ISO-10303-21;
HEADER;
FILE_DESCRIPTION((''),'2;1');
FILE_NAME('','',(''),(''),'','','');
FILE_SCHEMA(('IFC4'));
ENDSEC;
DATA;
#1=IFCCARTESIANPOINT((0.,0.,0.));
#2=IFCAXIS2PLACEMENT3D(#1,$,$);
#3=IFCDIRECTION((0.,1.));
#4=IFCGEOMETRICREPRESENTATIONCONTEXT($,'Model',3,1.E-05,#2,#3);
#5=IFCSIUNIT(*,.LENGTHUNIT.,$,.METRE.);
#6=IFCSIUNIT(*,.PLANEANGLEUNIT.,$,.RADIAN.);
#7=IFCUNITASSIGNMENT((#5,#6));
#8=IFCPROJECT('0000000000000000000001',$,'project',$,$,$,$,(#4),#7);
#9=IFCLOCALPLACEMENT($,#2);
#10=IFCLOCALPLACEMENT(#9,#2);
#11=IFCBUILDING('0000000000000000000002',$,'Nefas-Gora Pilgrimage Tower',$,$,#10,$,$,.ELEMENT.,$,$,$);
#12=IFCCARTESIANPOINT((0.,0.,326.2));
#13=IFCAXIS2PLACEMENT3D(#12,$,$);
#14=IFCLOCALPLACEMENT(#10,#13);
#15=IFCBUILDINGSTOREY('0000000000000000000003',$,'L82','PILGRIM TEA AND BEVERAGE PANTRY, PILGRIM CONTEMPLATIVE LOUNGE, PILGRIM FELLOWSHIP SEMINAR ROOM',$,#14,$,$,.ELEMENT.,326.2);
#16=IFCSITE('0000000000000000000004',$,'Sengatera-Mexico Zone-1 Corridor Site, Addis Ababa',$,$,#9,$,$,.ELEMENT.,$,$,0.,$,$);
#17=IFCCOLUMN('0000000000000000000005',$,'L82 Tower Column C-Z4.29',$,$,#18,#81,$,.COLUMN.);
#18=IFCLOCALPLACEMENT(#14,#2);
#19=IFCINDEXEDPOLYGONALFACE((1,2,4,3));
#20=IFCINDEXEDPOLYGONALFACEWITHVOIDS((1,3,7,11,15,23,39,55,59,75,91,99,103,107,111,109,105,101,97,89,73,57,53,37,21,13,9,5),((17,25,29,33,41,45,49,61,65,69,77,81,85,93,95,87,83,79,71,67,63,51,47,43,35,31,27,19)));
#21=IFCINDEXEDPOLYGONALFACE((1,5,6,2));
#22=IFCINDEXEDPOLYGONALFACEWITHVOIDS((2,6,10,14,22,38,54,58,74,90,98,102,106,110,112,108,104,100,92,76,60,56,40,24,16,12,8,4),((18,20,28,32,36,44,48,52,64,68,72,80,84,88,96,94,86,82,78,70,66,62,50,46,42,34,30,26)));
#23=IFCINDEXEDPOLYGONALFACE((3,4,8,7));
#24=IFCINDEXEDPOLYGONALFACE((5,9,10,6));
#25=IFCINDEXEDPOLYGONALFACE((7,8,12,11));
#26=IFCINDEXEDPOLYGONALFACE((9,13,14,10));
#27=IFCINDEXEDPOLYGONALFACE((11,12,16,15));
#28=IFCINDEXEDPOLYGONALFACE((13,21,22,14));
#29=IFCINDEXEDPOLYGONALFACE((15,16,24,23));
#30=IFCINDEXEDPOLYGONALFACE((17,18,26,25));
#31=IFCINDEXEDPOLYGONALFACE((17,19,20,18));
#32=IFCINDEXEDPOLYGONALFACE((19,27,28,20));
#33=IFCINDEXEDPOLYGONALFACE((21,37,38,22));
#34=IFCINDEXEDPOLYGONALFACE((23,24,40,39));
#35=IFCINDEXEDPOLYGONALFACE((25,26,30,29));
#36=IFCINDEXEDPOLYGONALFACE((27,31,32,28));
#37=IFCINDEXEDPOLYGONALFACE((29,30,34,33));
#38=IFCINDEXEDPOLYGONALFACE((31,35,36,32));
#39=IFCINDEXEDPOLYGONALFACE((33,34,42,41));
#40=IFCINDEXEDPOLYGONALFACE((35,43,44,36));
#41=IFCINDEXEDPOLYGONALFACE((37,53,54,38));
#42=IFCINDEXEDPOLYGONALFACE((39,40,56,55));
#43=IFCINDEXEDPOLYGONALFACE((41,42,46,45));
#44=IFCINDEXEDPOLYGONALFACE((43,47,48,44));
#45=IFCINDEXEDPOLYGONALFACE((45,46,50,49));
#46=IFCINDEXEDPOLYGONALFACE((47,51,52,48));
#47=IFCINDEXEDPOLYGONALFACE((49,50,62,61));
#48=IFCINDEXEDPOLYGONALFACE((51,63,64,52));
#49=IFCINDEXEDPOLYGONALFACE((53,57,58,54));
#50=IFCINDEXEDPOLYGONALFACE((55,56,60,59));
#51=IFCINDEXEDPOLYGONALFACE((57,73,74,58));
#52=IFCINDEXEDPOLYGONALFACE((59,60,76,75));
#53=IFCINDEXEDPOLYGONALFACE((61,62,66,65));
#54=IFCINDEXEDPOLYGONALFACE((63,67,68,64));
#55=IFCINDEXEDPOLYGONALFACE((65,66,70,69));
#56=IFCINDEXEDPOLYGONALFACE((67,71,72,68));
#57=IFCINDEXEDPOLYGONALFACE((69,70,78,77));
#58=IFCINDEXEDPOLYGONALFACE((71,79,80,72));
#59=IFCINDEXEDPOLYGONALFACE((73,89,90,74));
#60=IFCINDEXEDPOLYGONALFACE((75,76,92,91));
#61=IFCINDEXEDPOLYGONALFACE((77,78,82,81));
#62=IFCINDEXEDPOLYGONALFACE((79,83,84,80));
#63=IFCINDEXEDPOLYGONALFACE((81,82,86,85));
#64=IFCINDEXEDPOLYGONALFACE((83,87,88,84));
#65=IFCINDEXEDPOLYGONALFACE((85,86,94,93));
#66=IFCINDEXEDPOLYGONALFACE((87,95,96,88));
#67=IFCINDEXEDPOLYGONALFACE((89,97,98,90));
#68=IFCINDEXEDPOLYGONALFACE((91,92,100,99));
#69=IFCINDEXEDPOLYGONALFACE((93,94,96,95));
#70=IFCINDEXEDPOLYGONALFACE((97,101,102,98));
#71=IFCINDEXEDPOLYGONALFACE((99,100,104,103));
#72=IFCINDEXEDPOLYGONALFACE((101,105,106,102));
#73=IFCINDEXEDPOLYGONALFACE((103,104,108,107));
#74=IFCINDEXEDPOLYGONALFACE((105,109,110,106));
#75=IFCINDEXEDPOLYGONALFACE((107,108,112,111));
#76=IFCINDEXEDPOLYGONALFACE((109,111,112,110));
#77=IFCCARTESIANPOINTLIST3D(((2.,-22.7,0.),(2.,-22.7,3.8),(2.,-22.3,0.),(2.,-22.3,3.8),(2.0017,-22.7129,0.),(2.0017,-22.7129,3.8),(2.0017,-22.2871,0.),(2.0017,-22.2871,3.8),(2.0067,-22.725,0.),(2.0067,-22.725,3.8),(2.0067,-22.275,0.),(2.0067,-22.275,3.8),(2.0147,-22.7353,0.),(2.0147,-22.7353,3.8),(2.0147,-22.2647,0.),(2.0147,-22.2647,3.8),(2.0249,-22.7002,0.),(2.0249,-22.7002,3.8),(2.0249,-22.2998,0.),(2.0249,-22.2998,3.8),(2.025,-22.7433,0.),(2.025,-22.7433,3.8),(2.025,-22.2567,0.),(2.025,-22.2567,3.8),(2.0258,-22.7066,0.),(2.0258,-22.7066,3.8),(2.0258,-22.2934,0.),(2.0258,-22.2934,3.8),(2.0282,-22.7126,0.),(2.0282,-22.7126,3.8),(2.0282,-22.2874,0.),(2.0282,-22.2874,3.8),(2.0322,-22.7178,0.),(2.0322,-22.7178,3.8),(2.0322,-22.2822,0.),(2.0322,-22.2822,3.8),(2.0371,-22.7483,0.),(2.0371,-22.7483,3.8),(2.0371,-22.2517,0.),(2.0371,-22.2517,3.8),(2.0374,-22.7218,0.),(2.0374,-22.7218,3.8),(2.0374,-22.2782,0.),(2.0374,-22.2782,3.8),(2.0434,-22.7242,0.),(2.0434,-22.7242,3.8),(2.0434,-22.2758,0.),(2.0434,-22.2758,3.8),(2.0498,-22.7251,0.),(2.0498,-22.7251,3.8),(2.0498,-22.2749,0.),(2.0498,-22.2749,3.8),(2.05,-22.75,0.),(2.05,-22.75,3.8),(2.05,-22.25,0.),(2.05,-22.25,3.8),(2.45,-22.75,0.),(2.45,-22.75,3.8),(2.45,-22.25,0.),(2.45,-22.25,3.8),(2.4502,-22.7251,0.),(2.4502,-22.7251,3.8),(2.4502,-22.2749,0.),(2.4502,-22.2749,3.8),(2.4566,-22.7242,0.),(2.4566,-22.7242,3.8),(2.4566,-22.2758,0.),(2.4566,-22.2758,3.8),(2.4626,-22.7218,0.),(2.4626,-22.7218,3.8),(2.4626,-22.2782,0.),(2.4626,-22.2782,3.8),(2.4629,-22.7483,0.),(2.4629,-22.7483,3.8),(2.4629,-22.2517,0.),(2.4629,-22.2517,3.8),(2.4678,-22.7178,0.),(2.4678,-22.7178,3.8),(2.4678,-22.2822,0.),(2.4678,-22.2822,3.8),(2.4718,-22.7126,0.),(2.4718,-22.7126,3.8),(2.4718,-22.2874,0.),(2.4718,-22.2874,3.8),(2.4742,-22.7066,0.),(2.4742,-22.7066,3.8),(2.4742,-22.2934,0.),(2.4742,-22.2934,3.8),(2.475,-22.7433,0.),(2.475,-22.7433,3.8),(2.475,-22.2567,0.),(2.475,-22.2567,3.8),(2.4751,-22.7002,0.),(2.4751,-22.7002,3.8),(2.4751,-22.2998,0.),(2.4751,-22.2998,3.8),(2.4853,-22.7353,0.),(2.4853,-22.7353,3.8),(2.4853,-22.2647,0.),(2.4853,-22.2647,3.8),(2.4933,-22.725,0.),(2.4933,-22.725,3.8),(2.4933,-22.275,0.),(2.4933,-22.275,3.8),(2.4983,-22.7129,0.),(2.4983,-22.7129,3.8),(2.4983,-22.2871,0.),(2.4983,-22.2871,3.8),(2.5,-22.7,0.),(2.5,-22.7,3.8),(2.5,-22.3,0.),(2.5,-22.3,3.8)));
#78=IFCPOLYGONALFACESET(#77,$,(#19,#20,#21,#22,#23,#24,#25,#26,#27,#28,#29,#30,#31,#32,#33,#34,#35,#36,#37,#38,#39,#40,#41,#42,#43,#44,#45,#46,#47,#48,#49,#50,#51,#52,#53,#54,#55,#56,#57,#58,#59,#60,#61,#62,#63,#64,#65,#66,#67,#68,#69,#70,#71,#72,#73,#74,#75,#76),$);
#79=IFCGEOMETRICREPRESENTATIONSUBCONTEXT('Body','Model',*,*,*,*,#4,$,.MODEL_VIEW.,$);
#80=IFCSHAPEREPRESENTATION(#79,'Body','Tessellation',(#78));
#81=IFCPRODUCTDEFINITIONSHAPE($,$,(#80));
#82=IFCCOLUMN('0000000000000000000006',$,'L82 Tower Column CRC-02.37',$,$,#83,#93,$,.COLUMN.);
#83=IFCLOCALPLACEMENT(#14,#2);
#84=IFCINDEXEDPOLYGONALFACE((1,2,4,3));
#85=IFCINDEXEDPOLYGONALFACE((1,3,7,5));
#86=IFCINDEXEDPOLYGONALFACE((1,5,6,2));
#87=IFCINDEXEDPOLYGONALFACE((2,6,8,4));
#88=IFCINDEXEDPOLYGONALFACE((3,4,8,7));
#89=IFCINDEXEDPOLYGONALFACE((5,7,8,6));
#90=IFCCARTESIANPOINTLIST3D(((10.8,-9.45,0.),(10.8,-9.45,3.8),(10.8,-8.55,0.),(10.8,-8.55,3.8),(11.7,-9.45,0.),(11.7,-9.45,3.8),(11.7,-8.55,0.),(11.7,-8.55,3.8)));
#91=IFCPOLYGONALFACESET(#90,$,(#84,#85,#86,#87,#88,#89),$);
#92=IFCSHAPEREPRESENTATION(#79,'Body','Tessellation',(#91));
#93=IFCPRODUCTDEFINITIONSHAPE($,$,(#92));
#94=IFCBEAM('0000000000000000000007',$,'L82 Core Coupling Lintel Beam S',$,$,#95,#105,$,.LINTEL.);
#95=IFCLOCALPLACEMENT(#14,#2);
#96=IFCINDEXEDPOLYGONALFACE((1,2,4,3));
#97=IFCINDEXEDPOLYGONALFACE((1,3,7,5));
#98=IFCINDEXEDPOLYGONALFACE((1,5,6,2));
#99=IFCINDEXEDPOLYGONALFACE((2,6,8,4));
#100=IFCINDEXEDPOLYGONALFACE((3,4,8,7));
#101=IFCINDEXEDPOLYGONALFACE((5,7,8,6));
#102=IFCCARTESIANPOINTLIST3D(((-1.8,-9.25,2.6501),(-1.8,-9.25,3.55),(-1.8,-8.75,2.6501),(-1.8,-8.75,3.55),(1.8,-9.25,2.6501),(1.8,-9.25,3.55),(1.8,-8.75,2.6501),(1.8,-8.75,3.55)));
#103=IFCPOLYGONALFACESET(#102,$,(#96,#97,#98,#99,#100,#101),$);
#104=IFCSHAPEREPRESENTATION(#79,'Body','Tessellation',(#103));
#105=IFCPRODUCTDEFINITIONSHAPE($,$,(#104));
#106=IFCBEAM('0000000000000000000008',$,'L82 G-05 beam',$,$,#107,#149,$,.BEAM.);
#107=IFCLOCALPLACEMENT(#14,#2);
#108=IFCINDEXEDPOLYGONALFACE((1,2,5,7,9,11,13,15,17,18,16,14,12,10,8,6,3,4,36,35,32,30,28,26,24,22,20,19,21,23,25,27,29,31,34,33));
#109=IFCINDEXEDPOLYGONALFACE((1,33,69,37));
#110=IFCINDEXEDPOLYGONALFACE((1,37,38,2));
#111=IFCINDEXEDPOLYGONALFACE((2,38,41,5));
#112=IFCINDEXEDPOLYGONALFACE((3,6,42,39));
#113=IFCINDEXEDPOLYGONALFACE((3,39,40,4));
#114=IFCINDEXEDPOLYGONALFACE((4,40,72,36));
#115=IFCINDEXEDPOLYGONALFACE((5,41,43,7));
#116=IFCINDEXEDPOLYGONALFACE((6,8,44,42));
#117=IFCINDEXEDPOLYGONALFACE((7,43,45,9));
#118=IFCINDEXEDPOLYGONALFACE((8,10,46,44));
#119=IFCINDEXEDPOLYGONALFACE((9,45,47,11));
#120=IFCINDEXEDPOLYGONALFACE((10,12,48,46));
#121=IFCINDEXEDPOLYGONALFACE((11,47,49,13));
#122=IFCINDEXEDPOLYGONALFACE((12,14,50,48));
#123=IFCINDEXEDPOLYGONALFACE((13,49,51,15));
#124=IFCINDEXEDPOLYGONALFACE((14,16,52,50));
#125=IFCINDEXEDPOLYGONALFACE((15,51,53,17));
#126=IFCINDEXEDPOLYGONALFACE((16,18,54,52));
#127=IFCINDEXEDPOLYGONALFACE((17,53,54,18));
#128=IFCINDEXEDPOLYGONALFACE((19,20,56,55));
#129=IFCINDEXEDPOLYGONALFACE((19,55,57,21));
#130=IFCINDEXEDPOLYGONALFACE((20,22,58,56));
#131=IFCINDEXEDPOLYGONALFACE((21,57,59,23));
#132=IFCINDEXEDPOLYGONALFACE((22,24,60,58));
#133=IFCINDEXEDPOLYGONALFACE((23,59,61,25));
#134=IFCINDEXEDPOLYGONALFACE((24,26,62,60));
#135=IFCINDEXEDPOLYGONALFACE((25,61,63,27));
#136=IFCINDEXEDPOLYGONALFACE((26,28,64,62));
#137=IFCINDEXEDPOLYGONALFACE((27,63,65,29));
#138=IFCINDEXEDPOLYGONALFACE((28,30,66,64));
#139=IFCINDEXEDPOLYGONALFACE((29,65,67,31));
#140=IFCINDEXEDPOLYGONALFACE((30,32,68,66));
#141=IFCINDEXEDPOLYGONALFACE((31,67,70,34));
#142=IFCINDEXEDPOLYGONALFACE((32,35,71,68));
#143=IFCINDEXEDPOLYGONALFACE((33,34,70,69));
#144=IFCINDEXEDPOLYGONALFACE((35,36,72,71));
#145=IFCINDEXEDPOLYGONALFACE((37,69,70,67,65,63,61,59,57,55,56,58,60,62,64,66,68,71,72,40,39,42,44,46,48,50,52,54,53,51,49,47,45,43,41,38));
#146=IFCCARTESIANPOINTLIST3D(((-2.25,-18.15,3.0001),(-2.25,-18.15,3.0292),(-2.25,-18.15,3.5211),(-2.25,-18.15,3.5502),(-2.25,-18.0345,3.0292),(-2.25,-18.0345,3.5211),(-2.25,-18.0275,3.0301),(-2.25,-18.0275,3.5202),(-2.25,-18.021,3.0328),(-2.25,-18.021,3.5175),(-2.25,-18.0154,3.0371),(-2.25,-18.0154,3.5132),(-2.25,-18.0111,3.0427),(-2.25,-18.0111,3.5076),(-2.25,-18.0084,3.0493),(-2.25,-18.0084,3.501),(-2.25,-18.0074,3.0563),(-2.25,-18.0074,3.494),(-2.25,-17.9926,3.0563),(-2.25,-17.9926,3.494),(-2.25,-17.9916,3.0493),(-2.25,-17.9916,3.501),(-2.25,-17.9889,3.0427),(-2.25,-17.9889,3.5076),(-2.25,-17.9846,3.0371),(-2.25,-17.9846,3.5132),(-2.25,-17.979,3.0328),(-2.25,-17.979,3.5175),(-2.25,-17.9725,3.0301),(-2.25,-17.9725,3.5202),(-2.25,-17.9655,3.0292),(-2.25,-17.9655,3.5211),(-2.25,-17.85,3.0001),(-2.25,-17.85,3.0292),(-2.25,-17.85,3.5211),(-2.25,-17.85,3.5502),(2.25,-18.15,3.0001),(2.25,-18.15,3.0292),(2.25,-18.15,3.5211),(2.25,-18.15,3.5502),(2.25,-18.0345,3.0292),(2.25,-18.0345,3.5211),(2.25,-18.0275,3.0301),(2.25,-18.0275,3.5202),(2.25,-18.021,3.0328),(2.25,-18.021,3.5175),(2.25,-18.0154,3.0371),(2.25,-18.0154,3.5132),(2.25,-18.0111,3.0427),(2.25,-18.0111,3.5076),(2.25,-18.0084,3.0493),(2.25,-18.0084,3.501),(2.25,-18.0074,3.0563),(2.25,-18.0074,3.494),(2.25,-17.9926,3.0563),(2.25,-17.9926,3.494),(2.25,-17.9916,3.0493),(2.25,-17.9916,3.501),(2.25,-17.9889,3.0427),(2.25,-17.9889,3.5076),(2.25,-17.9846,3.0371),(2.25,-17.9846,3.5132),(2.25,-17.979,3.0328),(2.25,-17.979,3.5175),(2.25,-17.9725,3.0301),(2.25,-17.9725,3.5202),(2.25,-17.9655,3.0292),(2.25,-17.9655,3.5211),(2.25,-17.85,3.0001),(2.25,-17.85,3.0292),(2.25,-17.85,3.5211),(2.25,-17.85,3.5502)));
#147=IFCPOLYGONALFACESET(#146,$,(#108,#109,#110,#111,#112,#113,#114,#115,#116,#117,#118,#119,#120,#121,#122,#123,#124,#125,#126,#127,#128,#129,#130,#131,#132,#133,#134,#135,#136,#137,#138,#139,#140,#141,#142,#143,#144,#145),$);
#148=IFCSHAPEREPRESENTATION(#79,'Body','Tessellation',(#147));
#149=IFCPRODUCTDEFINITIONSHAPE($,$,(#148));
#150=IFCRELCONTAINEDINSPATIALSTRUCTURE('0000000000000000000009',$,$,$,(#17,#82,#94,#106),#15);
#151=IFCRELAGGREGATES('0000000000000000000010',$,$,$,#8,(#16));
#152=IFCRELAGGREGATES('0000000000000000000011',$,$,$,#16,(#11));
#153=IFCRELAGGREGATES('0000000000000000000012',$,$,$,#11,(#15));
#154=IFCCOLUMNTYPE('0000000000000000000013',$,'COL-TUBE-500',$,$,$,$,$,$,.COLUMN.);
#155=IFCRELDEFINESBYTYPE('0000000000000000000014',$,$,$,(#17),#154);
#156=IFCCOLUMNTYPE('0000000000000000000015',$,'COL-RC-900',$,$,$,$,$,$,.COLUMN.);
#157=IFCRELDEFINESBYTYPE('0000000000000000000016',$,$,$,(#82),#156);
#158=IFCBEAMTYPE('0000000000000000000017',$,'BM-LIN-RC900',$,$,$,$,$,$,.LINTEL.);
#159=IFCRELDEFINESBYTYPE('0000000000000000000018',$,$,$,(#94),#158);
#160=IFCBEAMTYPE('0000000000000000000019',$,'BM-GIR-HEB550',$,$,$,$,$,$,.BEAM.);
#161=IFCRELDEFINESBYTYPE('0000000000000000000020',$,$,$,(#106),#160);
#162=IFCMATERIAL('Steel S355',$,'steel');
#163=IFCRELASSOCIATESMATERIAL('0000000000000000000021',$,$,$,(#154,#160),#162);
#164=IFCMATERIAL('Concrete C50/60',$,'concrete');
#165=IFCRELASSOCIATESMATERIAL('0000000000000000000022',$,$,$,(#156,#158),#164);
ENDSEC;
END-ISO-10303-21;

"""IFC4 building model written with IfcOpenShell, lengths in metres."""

from ifc_helpers import new_model, si_unit, direction, frame, origin, origin_2d, place, context, subcontext, project, spatial, rectangle, hollow_rectangle, i_section, extrude, source, transform, mapped, material, material_profile, profile_set, type_object, element, save


model = new_model("IFC4")

# Units and contexts
model_context = context("Model", 3, precision=1e-05, world=origin(), true_north=direction((0.0, 1.0)))
body_context = subcontext(model_context, "Body", "Model", "MODEL_VIEW")
ifc_project = project(units=[si_unit("LENGTHUNIT", "METRE"), si_unit("PLANEANGLEUNIT", "RADIAN")], contexts=[model_context])

# Site, building, storey
site_placement = place(None, origin())
site = spatial("IfcSite", under=ifc_project, at=site_placement, Name="Sengatera-Mexico Zone-1 Corridor Site, Addis Ababa", CompositionType="ELEMENT", RefElevation=0.0)
building_placement = place(site_placement, origin())
building = spatial("IfcBuilding", under=site, at=building_placement, Name="Nefas-Gora Pilgrimage Tower", CompositionType="ELEMENT")
storey_placement = place(building_placement, frame((0.0, 0.0, 326.2)))
storey = spatial("IfcBuildingStorey", under=building, at=storey_placement, Name="L82", Description="PILGRIM TEA AND BEVERAGE PANTRY, PILGRIM CONTEMPLATIVE LOUNGE, PILGRIM FELLOWSHIP SEMINAR ROOM", CompositionType="ELEMENT", Elevation=326.2)

# Columns
ifc_material_1 = material(Name="Steel S355", Category="steel")
ifc_material_profile_1 = material_profile(ifc_material_1, hollow_rectangle(XDim=0.5, YDim=0.5, WallThickness=0.0249, InnerFilletRadius=0.0249, OuterFilletRadius=0.05, at=origin_2d()), Name="SHS 500x500x25")
ifc_profile_set_1 = profile_set([ifc_material_profile_1], Name="Steel S355")
column_type_1 = type_object("IfcColumnType", Name="COL-TUBE-500", PredefinedType="COLUMN", material=ifc_profile_set_1)
shared_shape_1 = source(origin(), body_context, "Body", "SweptSolid", [
    extrude(hollow_rectangle(XDim=0.5, YDim=0.5, WallThickness=0.0249, InnerFilletRadius=0.0249, OuterFilletRadius=0.05, at=origin_2d()), origin(), (0.0, 0.0, 1.0), 3.8),
])
column_1_placement = place(storey_placement, frame((2.25, -22.5, 0.0), z_axis=(0.0, 0.0, 1.0), x_axis=(1.0, 0.0, 0.0)))
element("IfcColumn", 1, at=column_1_placement, inside=storey, type_object=column_type_1, Name="L82 Tower Column C-Z4.29", PredefinedType="COLUMN", context=body_context, shape_type="MappedRepresentation", body=[
    mapped(shared_shape_1, transform((0.0, 0.0, 0.0), x_axis=(1.0, 0.0, 0.0), y_axis=(0.0, 1.0, 0.0), z_axis=(0.0, 0.0, 1.0), scale=1.0)),
])
ifc_material_2 = material(Name="Concrete C50/60", Category="concrete")
ifc_material_profile_2 = material_profile(ifc_material_2, rectangle(XDim=0.8999, YDim=0.8999, at=origin_2d()), Name="RC 900x900")
ifc_profile_set_2 = profile_set([ifc_material_profile_2], Name="Concrete C50/60")
column_type_2 = type_object("IfcColumnType", Name="COL-RC-900", PredefinedType="COLUMN", material=ifc_profile_set_2)
shared_shape_2 = source(origin(), body_context, "Body", "SweptSolid", [
    extrude(rectangle(XDim=0.8999, YDim=0.8999, at=origin_2d()), origin(), (0.0, 0.0, 1.0), 3.8),
])
column_2_placement = place(storey_placement, frame((11.25, -9.0, 0.0), z_axis=(0.0, 0.0, 1.0), x_axis=(1.0, 0.0, 0.0)))
element("IfcColumn", 2, at=column_2_placement, inside=storey, type_object=column_type_2, Name="L82 Tower Column CRC-02.37", PredefinedType="COLUMN", context=body_context, shape_type="MappedRepresentation", body=[
    mapped(shared_shape_2, transform((0.0, 0.0, 0.0), x_axis=(1.0, 0.0, 0.0), y_axis=(0.0, 1.0, 0.0), z_axis=(0.0, 0.0, 1.0), scale=1.0)),
])

# Beams
ifc_material_profile_3 = material_profile(ifc_material_2, rectangle(XDim=0.5, YDim=0.8999, at=origin_2d()), Name="RC 500x900")
ifc_profile_set_3 = profile_set([ifc_material_profile_3], Name="Concrete C50/60")
beam_type_1 = type_object("IfcBeamType", Name="BM-LIN-RC900", PredefinedType="LINTEL", material=ifc_profile_set_3)
shared_shape_3 = source(origin(), body_context, "Body", "SweptSolid", [
    extrude(rectangle(XDim=0.5, YDim=0.8999, at=origin_2d()), origin(), (0.0, 0.0, 1.0), 3.6001),
])
beam_placement = place(storey_placement, frame((-1.8, -9.0, 3.1001), z_axis=(1.0, 0.0, 0.0), x_axis=(0.0, 1.0, 0.0)))
element("IfcBeam", 3, at=beam_placement, inside=storey, type_object=beam_type_1, Name="L82 Core Coupling Lintel Beam S", PredefinedType="LINTEL", context=body_context, shape_type="MappedRepresentation", body=[
    mapped(shared_shape_3, transform((0.0, 0.0, 0.0), x_axis=(1.0, 0.0, 0.0), y_axis=(0.0, 1.0, 0.0), z_axis=(0.0, 0.0, 1.0), scale=1.0)),
])
ifc_material_profile_4 = material_profile(ifc_material_1, i_section(OverallWidth=0.3, OverallDepth=0.55, WebThickness=0.0149, FlangeThickness=0.0291, FilletRadius=0.0271, at=origin_2d()), Name="HEB 550")
ifc_profile_set_4 = profile_set([ifc_material_profile_4], Name="Steel S355")
beam_type_2 = type_object("IfcBeamType", Name="BM-GIR-HEB550", PredefinedType="BEAM", material=ifc_profile_set_4)
shared_shape_4 = source(origin(), body_context, "Body", "SweptSolid", [
    extrude(i_section(OverallWidth=0.3, OverallDepth=0.55, WebThickness=0.0149, FlangeThickness=0.0291, FilletRadius=0.0271, at=origin_2d()), origin(), (0.0, 0.0, 1.0), 4.5),
])
for number, where, z_axis, x_axis, name in (
    (4, (-2.25, -18.0, 3.2751), (1.0, 0.0, 0.0), (0.0, 1.0, 0.0), "L82 G-05 beam"),
):
    element("IfcBeam", number, at=place(storey_placement, frame(where, z_axis=z_axis, x_axis=x_axis)), inside=storey, type_object=beam_type_2, Name=name, PredefinedType="BEAM", context=body_context, shape_type="MappedRepresentation", body=[
        mapped(shared_shape_4, transform((0.0, 0.0, 0.0), x_axis=(1.0, 0.0, 0.0), y_axis=(0.0, 1.0, 0.0), z_axis=(0.0, 0.0, 1.0), scale=1.0)),
    ])

save(model, "model.ifc")
